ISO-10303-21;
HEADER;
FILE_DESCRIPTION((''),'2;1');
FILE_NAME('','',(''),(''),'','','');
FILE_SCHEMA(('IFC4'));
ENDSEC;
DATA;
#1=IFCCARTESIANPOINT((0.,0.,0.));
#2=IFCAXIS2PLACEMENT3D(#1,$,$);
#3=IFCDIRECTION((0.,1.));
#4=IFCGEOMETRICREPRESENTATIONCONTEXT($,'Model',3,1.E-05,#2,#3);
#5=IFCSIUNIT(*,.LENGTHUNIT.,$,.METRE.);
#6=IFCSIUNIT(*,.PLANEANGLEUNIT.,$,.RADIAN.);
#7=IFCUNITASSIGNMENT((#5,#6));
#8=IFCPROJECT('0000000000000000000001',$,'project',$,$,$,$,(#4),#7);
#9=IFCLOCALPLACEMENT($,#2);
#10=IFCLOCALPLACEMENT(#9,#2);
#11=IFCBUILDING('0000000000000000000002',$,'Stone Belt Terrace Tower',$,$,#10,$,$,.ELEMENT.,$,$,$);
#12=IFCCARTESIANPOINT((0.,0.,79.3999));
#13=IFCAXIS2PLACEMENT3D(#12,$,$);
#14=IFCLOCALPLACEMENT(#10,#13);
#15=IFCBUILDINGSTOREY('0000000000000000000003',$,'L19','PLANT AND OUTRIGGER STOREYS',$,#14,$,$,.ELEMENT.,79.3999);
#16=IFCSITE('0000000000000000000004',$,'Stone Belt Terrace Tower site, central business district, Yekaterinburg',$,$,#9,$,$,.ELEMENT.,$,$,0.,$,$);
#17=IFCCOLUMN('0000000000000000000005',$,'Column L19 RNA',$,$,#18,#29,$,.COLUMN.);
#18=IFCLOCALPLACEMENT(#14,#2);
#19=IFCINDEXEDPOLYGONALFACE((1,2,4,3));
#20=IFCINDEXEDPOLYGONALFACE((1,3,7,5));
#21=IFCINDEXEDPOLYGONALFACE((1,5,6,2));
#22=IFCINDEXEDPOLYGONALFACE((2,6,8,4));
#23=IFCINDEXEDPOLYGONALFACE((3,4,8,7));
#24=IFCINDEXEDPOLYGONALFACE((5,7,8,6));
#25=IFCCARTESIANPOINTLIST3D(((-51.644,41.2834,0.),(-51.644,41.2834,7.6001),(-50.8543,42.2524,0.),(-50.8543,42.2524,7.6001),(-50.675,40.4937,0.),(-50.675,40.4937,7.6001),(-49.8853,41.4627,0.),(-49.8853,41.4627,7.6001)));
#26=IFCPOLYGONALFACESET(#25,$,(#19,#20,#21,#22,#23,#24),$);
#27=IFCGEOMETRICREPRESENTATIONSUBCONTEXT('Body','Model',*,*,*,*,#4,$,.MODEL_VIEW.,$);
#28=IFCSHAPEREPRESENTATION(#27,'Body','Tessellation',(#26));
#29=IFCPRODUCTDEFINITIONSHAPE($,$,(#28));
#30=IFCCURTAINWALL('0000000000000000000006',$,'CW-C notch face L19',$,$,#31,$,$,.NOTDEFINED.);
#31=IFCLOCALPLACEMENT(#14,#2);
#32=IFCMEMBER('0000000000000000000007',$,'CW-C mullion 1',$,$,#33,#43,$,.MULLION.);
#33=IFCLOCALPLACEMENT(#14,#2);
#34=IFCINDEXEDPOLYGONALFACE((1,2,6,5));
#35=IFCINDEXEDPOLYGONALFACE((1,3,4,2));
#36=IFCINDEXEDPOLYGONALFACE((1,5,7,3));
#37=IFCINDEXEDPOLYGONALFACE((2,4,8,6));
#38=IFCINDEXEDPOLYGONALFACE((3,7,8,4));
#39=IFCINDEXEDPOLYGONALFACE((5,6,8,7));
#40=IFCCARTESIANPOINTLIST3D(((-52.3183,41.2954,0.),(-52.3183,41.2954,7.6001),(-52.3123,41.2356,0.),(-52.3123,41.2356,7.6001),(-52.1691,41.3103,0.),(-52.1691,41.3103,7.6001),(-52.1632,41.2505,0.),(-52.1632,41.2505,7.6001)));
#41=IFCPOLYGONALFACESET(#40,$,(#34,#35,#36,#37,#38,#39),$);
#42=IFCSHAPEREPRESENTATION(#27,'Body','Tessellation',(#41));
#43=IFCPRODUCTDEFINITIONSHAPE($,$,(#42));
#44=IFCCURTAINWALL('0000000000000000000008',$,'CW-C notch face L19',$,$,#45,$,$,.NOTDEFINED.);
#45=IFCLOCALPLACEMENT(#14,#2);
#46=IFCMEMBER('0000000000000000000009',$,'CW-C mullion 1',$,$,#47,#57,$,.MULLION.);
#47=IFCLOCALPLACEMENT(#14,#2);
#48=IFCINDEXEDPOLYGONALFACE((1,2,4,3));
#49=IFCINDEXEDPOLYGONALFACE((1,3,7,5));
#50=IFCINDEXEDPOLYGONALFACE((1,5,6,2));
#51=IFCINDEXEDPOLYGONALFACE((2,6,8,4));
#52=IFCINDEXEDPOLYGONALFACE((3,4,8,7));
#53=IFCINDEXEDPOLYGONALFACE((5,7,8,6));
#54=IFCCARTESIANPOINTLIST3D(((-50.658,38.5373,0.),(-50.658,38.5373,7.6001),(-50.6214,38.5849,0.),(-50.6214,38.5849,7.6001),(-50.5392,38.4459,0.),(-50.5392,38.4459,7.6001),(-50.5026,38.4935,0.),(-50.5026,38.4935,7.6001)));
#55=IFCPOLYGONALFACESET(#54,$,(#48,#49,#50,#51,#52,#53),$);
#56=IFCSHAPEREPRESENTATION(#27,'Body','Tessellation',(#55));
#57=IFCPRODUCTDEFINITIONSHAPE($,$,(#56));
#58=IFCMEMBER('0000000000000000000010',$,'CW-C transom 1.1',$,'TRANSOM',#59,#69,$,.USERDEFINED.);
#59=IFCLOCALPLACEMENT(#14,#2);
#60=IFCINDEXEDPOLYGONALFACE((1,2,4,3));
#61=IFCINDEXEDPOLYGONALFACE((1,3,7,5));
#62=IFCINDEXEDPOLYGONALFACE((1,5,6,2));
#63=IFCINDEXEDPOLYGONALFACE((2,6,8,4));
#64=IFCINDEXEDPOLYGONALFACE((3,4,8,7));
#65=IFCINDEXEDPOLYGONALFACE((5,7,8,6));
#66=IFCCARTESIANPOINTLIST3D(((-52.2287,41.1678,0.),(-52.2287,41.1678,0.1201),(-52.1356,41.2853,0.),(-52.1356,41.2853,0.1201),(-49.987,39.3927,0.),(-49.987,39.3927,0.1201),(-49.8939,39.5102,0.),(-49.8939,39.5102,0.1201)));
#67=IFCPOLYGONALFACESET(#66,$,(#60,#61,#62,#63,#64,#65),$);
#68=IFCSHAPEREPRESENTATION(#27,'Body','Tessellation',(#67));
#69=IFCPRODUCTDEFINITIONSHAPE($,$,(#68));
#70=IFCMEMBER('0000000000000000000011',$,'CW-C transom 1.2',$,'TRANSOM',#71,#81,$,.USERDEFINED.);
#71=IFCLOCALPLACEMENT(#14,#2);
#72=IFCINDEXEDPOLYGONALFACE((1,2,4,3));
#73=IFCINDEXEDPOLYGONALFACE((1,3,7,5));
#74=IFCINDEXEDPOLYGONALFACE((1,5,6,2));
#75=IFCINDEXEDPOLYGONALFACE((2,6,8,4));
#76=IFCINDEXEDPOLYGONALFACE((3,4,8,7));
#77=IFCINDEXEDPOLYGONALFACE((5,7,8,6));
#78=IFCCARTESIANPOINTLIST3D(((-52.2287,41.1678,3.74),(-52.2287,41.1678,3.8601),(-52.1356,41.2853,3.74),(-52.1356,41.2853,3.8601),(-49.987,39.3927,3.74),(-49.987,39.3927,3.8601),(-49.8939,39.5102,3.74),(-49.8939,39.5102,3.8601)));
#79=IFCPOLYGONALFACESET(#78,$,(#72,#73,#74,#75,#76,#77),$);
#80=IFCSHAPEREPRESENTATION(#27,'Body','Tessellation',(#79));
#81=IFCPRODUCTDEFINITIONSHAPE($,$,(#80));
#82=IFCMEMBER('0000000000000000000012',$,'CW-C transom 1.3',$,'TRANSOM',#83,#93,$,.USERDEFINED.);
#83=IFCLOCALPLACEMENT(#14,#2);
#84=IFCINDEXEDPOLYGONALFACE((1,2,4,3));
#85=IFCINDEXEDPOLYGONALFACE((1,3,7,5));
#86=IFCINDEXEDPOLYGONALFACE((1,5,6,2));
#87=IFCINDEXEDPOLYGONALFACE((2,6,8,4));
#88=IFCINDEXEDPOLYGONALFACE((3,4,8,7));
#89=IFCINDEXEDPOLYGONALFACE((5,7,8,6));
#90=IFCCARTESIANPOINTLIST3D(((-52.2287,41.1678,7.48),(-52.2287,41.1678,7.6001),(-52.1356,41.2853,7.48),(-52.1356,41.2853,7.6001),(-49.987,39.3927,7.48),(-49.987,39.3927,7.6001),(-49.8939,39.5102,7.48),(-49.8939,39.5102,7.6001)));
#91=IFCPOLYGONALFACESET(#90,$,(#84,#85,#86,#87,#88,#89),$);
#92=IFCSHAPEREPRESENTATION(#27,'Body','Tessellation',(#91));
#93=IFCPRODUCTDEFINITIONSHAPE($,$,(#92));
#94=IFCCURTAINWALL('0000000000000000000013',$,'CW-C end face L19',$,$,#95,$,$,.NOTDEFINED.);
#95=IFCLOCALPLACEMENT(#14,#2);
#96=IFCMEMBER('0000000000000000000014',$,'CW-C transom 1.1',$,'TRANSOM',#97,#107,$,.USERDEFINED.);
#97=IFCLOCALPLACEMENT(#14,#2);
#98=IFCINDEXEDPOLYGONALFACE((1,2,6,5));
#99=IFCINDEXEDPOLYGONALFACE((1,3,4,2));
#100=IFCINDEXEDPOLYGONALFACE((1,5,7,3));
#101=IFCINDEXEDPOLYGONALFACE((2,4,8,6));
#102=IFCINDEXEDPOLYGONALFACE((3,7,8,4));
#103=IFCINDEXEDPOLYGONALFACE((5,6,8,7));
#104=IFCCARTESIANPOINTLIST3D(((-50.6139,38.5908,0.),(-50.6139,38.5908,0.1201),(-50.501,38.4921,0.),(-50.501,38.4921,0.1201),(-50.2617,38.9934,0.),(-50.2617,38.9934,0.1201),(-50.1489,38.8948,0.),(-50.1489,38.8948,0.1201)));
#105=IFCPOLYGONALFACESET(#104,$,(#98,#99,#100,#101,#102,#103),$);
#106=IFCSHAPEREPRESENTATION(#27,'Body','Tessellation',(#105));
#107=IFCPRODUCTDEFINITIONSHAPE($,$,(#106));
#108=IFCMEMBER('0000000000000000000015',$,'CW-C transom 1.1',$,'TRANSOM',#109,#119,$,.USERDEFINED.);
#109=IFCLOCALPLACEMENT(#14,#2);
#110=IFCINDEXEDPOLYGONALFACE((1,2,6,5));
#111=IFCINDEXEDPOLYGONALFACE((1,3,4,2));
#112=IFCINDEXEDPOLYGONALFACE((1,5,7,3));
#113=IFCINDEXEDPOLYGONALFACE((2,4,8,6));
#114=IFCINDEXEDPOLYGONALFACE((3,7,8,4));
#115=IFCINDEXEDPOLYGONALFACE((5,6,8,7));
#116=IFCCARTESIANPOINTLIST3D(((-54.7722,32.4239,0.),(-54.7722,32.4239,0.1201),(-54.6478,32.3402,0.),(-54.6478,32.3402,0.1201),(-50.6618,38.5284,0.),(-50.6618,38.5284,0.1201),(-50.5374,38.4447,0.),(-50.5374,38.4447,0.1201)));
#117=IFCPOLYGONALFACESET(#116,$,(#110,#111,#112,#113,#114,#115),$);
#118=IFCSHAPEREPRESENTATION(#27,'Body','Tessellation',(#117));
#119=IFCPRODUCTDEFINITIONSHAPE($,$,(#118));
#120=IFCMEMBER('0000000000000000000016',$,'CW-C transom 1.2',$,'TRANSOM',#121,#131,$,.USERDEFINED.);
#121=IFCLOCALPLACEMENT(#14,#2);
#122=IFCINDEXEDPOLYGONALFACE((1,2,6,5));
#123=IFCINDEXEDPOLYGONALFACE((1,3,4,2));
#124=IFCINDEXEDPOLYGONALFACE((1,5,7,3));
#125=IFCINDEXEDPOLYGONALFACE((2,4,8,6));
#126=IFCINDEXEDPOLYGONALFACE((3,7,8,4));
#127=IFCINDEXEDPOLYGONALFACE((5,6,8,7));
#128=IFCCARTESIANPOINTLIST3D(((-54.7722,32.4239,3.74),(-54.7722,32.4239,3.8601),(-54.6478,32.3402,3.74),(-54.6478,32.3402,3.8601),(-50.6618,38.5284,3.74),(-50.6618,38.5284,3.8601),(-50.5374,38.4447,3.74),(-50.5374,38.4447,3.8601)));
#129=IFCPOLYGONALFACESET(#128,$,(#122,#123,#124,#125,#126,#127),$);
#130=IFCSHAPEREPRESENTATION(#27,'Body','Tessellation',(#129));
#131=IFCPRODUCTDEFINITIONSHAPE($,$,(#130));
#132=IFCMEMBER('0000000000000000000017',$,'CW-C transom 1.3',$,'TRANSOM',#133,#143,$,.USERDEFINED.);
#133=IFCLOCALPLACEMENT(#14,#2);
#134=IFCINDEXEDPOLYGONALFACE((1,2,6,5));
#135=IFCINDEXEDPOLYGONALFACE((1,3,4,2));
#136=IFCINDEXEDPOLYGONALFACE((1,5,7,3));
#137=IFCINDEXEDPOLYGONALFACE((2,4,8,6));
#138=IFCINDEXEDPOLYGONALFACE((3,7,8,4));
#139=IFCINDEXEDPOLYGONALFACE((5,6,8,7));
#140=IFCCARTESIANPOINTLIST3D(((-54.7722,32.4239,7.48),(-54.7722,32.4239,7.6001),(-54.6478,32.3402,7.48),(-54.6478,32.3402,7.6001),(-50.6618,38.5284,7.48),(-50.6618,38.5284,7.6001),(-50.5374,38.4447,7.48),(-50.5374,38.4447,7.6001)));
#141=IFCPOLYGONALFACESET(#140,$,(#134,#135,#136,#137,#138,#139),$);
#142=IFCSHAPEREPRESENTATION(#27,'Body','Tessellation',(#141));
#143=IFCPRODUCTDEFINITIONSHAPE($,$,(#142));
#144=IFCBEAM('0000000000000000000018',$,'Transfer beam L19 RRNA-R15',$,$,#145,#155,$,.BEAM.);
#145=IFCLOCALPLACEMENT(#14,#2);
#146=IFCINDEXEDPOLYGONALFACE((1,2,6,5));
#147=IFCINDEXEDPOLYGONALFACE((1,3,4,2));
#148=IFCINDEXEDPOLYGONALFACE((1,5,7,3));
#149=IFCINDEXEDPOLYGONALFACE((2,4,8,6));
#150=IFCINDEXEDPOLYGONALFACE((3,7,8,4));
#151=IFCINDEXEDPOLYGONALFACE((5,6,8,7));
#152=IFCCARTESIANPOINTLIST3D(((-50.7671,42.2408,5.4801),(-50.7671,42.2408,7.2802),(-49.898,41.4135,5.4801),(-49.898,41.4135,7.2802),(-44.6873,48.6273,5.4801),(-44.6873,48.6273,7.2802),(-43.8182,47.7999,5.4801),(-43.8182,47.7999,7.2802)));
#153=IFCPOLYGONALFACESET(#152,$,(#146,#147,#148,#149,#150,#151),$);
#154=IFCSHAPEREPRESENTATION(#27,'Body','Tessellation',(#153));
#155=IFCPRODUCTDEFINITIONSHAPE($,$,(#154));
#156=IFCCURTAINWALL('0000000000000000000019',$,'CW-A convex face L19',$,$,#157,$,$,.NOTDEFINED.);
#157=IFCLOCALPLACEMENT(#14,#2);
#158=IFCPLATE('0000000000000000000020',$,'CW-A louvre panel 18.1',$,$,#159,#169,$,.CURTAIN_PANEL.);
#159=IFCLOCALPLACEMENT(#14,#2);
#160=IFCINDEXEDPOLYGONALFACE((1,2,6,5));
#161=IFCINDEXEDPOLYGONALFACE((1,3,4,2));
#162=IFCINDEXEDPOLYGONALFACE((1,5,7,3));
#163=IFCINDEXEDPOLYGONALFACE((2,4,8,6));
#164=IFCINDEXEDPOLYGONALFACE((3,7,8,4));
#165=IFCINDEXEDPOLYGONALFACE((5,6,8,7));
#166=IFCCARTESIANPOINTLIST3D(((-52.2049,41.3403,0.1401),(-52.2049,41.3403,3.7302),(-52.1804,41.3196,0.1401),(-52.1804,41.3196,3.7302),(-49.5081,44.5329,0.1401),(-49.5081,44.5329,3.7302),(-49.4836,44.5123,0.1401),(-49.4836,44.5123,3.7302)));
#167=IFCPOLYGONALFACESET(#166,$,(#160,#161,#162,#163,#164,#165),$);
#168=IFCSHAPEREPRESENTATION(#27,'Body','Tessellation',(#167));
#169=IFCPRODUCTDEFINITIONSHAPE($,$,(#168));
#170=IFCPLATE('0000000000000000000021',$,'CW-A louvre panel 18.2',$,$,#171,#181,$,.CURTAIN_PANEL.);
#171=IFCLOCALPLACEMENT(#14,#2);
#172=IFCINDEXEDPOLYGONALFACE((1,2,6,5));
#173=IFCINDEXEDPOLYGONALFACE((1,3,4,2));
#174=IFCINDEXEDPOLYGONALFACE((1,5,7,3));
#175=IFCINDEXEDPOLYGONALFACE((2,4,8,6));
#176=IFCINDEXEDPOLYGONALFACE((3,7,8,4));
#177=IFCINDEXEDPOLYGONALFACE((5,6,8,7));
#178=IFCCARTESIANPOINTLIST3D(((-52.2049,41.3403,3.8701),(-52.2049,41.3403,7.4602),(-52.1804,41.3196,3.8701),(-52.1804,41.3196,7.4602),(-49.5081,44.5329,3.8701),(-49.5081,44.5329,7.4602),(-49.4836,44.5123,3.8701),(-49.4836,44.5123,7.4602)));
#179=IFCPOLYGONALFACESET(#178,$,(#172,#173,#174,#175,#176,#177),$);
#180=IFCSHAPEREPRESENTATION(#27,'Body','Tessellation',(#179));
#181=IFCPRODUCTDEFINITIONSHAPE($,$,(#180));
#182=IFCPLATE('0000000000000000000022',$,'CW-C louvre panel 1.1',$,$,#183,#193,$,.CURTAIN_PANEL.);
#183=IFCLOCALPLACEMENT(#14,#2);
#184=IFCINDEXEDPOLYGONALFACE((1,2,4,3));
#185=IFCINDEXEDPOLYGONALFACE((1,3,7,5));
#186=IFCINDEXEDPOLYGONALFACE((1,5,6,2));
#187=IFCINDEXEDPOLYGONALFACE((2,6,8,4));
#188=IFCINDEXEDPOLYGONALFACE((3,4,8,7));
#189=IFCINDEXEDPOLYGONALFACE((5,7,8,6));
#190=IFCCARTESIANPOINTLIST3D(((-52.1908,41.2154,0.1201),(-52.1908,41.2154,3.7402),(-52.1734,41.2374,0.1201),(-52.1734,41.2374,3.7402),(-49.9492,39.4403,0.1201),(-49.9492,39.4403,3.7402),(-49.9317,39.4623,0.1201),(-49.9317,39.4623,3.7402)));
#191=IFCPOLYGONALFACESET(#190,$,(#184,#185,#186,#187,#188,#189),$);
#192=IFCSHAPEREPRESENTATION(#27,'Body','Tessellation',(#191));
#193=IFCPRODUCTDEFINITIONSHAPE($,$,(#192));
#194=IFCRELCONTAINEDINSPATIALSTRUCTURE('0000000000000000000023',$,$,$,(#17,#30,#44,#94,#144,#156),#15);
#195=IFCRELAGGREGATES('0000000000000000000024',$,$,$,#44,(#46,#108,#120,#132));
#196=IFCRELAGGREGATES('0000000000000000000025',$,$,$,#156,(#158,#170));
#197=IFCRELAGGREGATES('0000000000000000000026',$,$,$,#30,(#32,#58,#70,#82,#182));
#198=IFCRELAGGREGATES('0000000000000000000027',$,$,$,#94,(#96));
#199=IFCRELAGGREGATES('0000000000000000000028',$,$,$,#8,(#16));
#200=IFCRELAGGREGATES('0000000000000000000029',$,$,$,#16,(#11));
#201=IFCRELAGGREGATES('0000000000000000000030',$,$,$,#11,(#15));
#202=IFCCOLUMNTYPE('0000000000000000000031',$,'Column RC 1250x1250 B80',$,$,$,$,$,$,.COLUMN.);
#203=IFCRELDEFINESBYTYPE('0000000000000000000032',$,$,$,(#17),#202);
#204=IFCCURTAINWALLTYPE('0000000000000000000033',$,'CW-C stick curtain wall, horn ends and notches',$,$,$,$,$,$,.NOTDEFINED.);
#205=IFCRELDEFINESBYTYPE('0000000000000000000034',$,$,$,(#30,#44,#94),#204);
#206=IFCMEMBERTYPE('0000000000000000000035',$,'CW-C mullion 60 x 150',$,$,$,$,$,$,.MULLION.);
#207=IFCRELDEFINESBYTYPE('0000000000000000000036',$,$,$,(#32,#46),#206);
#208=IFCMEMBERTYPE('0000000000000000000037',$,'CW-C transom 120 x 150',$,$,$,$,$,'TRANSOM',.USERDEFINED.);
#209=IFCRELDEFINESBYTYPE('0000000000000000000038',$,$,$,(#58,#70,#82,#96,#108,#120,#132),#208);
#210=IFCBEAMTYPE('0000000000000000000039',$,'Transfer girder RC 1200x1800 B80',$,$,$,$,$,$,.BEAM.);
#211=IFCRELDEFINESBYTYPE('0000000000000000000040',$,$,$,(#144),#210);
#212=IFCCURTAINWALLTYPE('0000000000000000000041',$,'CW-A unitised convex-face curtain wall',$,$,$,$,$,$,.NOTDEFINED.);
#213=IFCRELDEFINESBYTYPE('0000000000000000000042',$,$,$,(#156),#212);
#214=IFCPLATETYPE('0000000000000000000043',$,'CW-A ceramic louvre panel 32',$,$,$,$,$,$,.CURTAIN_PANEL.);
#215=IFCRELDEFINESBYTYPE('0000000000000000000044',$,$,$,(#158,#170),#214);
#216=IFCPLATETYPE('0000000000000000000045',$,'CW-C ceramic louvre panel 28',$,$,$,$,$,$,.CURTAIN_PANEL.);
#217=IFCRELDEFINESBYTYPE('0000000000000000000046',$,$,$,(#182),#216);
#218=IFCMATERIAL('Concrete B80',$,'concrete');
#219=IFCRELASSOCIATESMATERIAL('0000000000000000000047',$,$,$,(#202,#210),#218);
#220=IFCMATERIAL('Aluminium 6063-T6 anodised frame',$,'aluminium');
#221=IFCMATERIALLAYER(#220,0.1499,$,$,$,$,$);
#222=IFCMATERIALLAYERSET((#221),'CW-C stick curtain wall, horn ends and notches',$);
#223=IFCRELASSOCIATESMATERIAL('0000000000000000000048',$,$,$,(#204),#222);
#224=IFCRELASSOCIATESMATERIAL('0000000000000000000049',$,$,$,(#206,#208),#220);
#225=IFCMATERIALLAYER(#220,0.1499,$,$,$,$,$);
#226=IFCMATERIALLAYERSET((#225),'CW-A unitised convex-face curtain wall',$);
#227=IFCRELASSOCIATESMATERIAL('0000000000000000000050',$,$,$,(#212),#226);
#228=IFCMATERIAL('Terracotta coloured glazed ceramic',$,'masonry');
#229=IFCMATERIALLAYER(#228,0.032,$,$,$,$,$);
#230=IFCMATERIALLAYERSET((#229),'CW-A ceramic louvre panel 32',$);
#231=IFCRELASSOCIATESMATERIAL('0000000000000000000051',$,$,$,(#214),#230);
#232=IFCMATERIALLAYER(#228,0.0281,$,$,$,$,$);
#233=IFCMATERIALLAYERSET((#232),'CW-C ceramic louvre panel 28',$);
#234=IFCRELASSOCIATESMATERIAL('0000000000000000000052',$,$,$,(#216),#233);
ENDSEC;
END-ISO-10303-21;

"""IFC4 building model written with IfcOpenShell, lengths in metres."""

from ifc_helpers import new_model, si_unit, direction, frame, origin, origin_2d, place, context, subcontext, project, spatial, rectangle, extrude, material, layer, layer_set, material_profile, profile_set, type_object, element, aggregate, save


model = new_model("IFC4")

# Units and contexts
model_context = context("Model", 3, precision=1e-05, world=origin(), true_north=direction((0.0, 1.0)))
body_context = subcontext(model_context, "Body", "Model", "MODEL_VIEW")
ifc_project = project(units=[si_unit("LENGTHUNIT", "METRE"), si_unit("PLANEANGLEUNIT", "RADIAN")], contexts=[model_context])

# Site, building, storey
site_placement = place(None, origin())
site = spatial("IfcSite", under=ifc_project, at=site_placement, Name="Stone Belt Terrace Tower site, central business district, Yekaterinburg", CompositionType="ELEMENT", RefElevation=0.0)
building_placement = place(site_placement, origin())
building = spatial("IfcBuilding", under=site, at=building_placement, Name="Stone Belt Terrace Tower", CompositionType="ELEMENT")
storey_placement = place(building_placement, frame((0.0, 0.0, 79.3999)))
storey = spatial("IfcBuildingStorey", under=building, at=storey_placement, Name="L19", Description="PLANT AND OUTRIGGER STOREYS", CompositionType="ELEMENT", Elevation=79.3999)

# Column
ifc_material_1 = material(Name="Concrete B80", Category="concrete")
ifc_material_profile_1 = material_profile(ifc_material_1, rectangle(XDim=1.25, YDim=1.25, at=origin_2d()), Name="RC 1250x1250")
ifc_profile_set_1 = profile_set([ifc_material_profile_1], Name="Concrete B80")
column_type = type_object("IfcColumnType", Name="Column RC 1250x1250 B80", PredefinedType="COLUMN", material=ifc_profile_set_1)
column_placement = place(storey_placement, frame((-50.7646, 41.373, 0.0), z_axis=(0.0, 0.0, 1.0), x_axis=(0.631759, 0.775165, 0.0)))
element("IfcColumn", 1, at=column_placement, inside=storey, type_object=column_type, Name="Column L19 RNA", PredefinedType="COLUMN", context=body_context, shape_type="SweptSolid", body=[
    extrude(rectangle(XDim=1.25, YDim=1.25, at=origin_2d()), origin(), (0.0, 0.0, 1.0), 7.6001),
])

# Curtain walls, members
ifc_material_2 = material(Name="Aluminium 6063-T6 anodised frame", Category="aluminium")
ifc_layer_1 = layer(ifc_material_2, 0.1499)
ifc_layer_set_1 = layer_set([ifc_layer_1], Name="CW-C stick curtain wall, horn ends and notches")
curtain_wall_type_1 = type_object("IfcCurtainWallType", Name="CW-C stick curtain wall, horn ends and notches", PredefinedType="NOTDEFINED", material=ifc_layer_set_1)
curtain_wall_1_placement = place(storey_placement, origin())
curtain_wall_1 = element("IfcCurtainWall", 2, at=curtain_wall_1_placement, inside=storey, type_object=curtain_wall_type_1, Name="CW-C notch face L19", PredefinedType="NOTDEFINED")
ifc_material_profile_2 = material_profile(ifc_material_2, rectangle(XDim=0.1499, YDim=0.0601, at=origin_2d()), Name="Aluminium 6063-T6 60x150")
ifc_profile_set_2 = profile_set([ifc_material_profile_2], Name="Aluminium 6063-T6 anodised frame")
member_type_1 = type_object("IfcMemberType", Name="CW-C mullion 60 x 150", PredefinedType="MULLION", material=ifc_profile_set_2)
member_1_placement = place(storey_placement, frame((-52.2407, 41.2729, 0.0), z_axis=(0.0, 0.0, 1.0), x_axis=(0.995023, 0.099645, 0.0)))
member_1 = element("IfcMember", 3, at=member_1_placement, type_object=member_type_1, Name="CW-C mullion 1", PredefinedType="MULLION", context=body_context, shape_type="SweptSolid", body=[
    extrude(rectangle(XDim=0.1499, YDim=0.0601, at=origin_2d()), origin(), (0.0, 0.0, 1.0), 7.6001),
])
curtain_wall_2_placement = place(storey_placement, origin())
curtain_wall_2 = element("IfcCurtainWall", 4, at=curtain_wall_2_placement, inside=storey, type_object=curtain_wall_type_1, Name="CW-C notch face L19", PredefinedType="NOTDEFINED")
member_2_placement = place(storey_placement, frame((-50.5803, 38.5154, 0.0), z_axis=(0.0, 0.0, 1.0), x_axis=(0.792719, -0.609587, 0.0)))
member_2 = element("IfcMember", 5, at=member_2_placement, type_object=member_type_1, Name="CW-C mullion 1", PredefinedType="MULLION", context=body_context, shape_type="SweptSolid", body=[
    extrude(rectangle(XDim=0.1499, YDim=0.0601, at=origin_2d()), origin(), (0.0, 0.0, 1.0), 7.6001),
])

# Members
ifc_material_profile_3 = material_profile(ifc_material_2, rectangle(XDim=0.1499, YDim=0.1201, at=origin_2d()), Name="Aluminium 6063-T6 150x120")
ifc_profile_set_3 = profile_set([ifc_material_profile_3], Name="Aluminium 6063-T6 anodised frame")
member_type_2 = type_object("IfcMemberType", Name="CW-C transom 120 x 150", ElementType="TRANSOM", PredefinedType="USERDEFINED", material=ifc_profile_set_3)
member_3_placement = place(storey_placement, frame((-52.1821, 41.2266, 0.0601), z_axis=(0.783966, -0.620804, 0.0), x_axis=(0.620804, 0.783966, 0.0)))
member_3 = element("IfcMember", 6, at=member_3_placement, type_object=member_type_2, Name="CW-C transom 1.1", ObjectType="TRANSOM", PredefinedType="USERDEFINED", context=body_context, shape_type="SweptSolid", body=[
    extrude(rectangle(XDim=0.1499, YDim=0.1201, at=origin_2d()), origin(), (0.0, 0.0, 1.0), 2.8594),
])
member_4_placement = place(storey_placement, frame((-52.1821, 41.2266, 3.8), z_axis=(0.783966, -0.620804, 0.0), x_axis=(0.620804, 0.783966, 0.0)))
member_4 = element("IfcMember", 7, at=member_4_placement, type_object=member_type_2, Name="CW-C transom 1.2", ObjectType="TRANSOM", PredefinedType="USERDEFINED", context=body_context, shape_type="SweptSolid", body=[
    extrude(rectangle(XDim=0.1499, YDim=0.1201, at=origin_2d()), origin(), (0.0, 0.0, 1.0), 2.8594),
])
member_5_placement = place(storey_placement, frame((-52.1821, 41.2266, 7.54), z_axis=(0.783966, -0.620804, 0.0), x_axis=(0.620804, 0.783966, 0.0)))
member_5 = element("IfcMember", 8, at=member_5_placement, type_object=member_type_2, Name="CW-C transom 1.3", ObjectType="TRANSOM", PredefinedType="USERDEFINED", context=body_context, shape_type="SweptSolid", body=[
    extrude(rectangle(XDim=0.1499, YDim=0.1201, at=origin_2d()), origin(), (0.0, 0.0, 1.0), 2.8594),
])

# Curtain wall, member
curtain_wall_3_placement = place(storey_placement, origin())
curtain_wall_3 = element("IfcCurtainWall", 9, at=curtain_wall_3_placement, inside=storey, type_object=curtain_wall_type_1, Name="CW-C end face L19", PredefinedType="NOTDEFINED")
member_6_placement = place(storey_placement, frame((-50.2053, 38.9441, 0.0601), z_axis=(-0.658278, -0.752775, 0.0), x_axis=(0.752775, -0.658278, 0.0)))
member_6 = element("IfcMember", 10, at=member_6_placement, type_object=member_type_2, Name="CW-C transom 1.1", ObjectType="TRANSOM", PredefinedType="USERDEFINED", context=body_context, shape_type="SweptSolid", body=[
    extrude(rectangle(XDim=0.1499, YDim=0.1201, at=origin_2d()), origin(), (0.0, 0.0, 1.0), 0.5349),
])

# Members
member_7_placement = place(storey_placement, frame((-50.5996, 38.4866, 0.0601), z_axis=(-0.558522, -0.82949, 0.0), x_axis=(0.82949, -0.558522, 0.0)))
member_7 = element("IfcMember", 11, at=member_7_placement, type_object=member_type_2, Name="CW-C transom 1.1", ObjectType="TRANSOM", PredefinedType="USERDEFINED", context=body_context, shape_type="SweptSolid", body=[
    extrude(rectangle(XDim=0.1499, YDim=0.1201, at=origin_2d()), origin(), (0.0, 0.0, 1.0), 7.3594),
])
member_8_placement = place(storey_placement, frame((-50.5996, 38.4866, 3.8), z_axis=(-0.558522, -0.82949, 0.0), x_axis=(0.82949, -0.558522, 0.0)))
member_8 = element("IfcMember", 12, at=member_8_placement, type_object=member_type_2, Name="CW-C transom 1.2", ObjectType="TRANSOM", PredefinedType="USERDEFINED", context=body_context, shape_type="SweptSolid", body=[
    extrude(rectangle(XDim=0.1499, YDim=0.1201, at=origin_2d()), origin(), (0.0, 0.0, 1.0), 7.3594),
])
member_9_placement = place(storey_placement, frame((-50.5996, 38.4866, 7.54), z_axis=(-0.558522, -0.82949, 0.0), x_axis=(0.82949, -0.558522, 0.0)))
member_9 = element("IfcMember", 13, at=member_9_placement, type_object=member_type_2, Name="CW-C transom 1.3", ObjectType="TRANSOM", PredefinedType="USERDEFINED", context=body_context, shape_type="SweptSolid", body=[
    extrude(rectangle(XDim=0.1499, YDim=0.1201, at=origin_2d()), origin(), (0.0, 0.0, 1.0), 7.3594),
])
aggregate(curtain_wall_2, [member_2, member_7, member_8, member_9])

# Beam
ifc_material_profile_4 = material_profile(ifc_material_1, rectangle(XDim=1.2, YDim=1.8, at=origin_2d()), Name="RC 1200x1800")
ifc_profile_set_4 = profile_set([ifc_material_profile_4], Name="Concrete B80")
beam_type = type_object("IfcBeamType", Name="Transfer girder RC 1200x1800 B80", PredefinedType="BEAM", material=ifc_profile_set_4)
beam_placement = place(storey_placement, frame((-50.3325, 41.8271, 6.3801), z_axis=(0.689505, 0.724281, 0.0), x_axis=(-0.724281, 0.689505, 0.0)))
element("IfcBeam", 14, at=beam_placement, inside=storey, type_object=beam_type, Name="Transfer beam L19 RRNA-R15", PredefinedType="BEAM", context=body_context, shape_type="SweptSolid", body=[
    extrude(rectangle(XDim=1.2, YDim=1.8, at=origin_2d()), origin(), (0.0, 0.0, 1.0), 8.8176),
])

# Curtain wall, plates
ifc_layer_2 = layer(ifc_material_2, 0.1499)
ifc_layer_set_2 = layer_set([ifc_layer_2], Name="CW-A unitised convex-face curtain wall")
curtain_wall_type_2 = type_object("IfcCurtainWallType", Name="CW-A unitised convex-face curtain wall", PredefinedType="NOTDEFINED", material=ifc_layer_set_2)
curtain_wall_4_placement = place(storey_placement, origin())
curtain_wall_4 = element("IfcCurtainWall", 15, at=curtain_wall_4_placement, inside=storey, type_object=curtain_wall_type_2, Name="CW-A convex face L19", PredefinedType="NOTDEFINED")
ifc_material_3 = material(Name="Terracotta coloured glazed ceramic", Category="masonry")
ifc_layer_3 = layer(ifc_material_3, 0.032)
ifc_layer_set_3 = layer_set([ifc_layer_3], Name="CW-A ceramic louvre panel 32")
plate_type_1 = type_object("IfcPlateType", Name="CW-A ceramic louvre panel 32", PredefinedType="CURTAIN_PANEL", material=ifc_layer_set_3)
plate_1_placement = place(storey_placement, frame((-50.8442, 42.9263, 0.1401), z_axis=(0.0, 0.0, 1.0), x_axis=(-0.645291, -0.763937, 0.0)))
plate_1 = element("IfcPlate", 16, at=plate_1_placement, type_object=plate_type_1, Name="CW-A louvre panel 18.1", PredefinedType="CURTAIN_PANEL", context=body_context, shape_type="SweptSolid", body=[
    extrude(rectangle(XDim=4.1792, YDim=0.032, at=origin_2d()), origin(), (0.0, 0.0, 1.0), 3.5901),
])
plate_2_placement = place(storey_placement, frame((-50.8442, 42.9263, 3.8701), z_axis=(0.0, 0.0, 1.0), x_axis=(-0.645291, -0.763937, 0.0)))
plate_2 = element("IfcPlate", 17, at=plate_2_placement, type_object=plate_type_1, Name="CW-A louvre panel 18.2", PredefinedType="CURTAIN_PANEL", context=body_context, shape_type="SweptSolid", body=[
    extrude(rectangle(XDim=4.1792, YDim=0.032, at=origin_2d()), origin(), (0.0, 0.0, 1.0), 3.5901),
])
aggregate(curtain_wall_4, [plate_1, plate_2])

# Plate
ifc_layer_4 = layer(ifc_material_3, 0.0281)
ifc_layer_set_4 = layer_set([ifc_layer_4], Name="CW-C ceramic louvre panel 28")
plate_type_2 = type_object("IfcPlateType", Name="CW-C ceramic louvre panel 28", PredefinedType="CURTAIN_PANEL", material=ifc_layer_set_4)
plate_3_placement = place(storey_placement, frame((-51.0613, 40.3389, 0.1201), z_axis=(0.0, 0.0, 1.0), x_axis=(0.783964, -0.620807, 0.0)))
plate_3 = element("IfcPlate", 18, at=plate_3_placement, type_object=plate_type_2, Name="CW-C louvre panel 1.1", PredefinedType="CURTAIN_PANEL", context=body_context, shape_type="SweptSolid", body=[
    extrude(rectangle(XDim=2.8594, YDim=0.0281, at=origin_2d()), origin(), (0.0, 0.0, 1.0), 3.6201),
])
aggregate(curtain_wall_1, [member_1, member_3, member_4, member_5, plate_3])
aggregate(curtain_wall_3, [member_6])

save(model, "model.ifc")
